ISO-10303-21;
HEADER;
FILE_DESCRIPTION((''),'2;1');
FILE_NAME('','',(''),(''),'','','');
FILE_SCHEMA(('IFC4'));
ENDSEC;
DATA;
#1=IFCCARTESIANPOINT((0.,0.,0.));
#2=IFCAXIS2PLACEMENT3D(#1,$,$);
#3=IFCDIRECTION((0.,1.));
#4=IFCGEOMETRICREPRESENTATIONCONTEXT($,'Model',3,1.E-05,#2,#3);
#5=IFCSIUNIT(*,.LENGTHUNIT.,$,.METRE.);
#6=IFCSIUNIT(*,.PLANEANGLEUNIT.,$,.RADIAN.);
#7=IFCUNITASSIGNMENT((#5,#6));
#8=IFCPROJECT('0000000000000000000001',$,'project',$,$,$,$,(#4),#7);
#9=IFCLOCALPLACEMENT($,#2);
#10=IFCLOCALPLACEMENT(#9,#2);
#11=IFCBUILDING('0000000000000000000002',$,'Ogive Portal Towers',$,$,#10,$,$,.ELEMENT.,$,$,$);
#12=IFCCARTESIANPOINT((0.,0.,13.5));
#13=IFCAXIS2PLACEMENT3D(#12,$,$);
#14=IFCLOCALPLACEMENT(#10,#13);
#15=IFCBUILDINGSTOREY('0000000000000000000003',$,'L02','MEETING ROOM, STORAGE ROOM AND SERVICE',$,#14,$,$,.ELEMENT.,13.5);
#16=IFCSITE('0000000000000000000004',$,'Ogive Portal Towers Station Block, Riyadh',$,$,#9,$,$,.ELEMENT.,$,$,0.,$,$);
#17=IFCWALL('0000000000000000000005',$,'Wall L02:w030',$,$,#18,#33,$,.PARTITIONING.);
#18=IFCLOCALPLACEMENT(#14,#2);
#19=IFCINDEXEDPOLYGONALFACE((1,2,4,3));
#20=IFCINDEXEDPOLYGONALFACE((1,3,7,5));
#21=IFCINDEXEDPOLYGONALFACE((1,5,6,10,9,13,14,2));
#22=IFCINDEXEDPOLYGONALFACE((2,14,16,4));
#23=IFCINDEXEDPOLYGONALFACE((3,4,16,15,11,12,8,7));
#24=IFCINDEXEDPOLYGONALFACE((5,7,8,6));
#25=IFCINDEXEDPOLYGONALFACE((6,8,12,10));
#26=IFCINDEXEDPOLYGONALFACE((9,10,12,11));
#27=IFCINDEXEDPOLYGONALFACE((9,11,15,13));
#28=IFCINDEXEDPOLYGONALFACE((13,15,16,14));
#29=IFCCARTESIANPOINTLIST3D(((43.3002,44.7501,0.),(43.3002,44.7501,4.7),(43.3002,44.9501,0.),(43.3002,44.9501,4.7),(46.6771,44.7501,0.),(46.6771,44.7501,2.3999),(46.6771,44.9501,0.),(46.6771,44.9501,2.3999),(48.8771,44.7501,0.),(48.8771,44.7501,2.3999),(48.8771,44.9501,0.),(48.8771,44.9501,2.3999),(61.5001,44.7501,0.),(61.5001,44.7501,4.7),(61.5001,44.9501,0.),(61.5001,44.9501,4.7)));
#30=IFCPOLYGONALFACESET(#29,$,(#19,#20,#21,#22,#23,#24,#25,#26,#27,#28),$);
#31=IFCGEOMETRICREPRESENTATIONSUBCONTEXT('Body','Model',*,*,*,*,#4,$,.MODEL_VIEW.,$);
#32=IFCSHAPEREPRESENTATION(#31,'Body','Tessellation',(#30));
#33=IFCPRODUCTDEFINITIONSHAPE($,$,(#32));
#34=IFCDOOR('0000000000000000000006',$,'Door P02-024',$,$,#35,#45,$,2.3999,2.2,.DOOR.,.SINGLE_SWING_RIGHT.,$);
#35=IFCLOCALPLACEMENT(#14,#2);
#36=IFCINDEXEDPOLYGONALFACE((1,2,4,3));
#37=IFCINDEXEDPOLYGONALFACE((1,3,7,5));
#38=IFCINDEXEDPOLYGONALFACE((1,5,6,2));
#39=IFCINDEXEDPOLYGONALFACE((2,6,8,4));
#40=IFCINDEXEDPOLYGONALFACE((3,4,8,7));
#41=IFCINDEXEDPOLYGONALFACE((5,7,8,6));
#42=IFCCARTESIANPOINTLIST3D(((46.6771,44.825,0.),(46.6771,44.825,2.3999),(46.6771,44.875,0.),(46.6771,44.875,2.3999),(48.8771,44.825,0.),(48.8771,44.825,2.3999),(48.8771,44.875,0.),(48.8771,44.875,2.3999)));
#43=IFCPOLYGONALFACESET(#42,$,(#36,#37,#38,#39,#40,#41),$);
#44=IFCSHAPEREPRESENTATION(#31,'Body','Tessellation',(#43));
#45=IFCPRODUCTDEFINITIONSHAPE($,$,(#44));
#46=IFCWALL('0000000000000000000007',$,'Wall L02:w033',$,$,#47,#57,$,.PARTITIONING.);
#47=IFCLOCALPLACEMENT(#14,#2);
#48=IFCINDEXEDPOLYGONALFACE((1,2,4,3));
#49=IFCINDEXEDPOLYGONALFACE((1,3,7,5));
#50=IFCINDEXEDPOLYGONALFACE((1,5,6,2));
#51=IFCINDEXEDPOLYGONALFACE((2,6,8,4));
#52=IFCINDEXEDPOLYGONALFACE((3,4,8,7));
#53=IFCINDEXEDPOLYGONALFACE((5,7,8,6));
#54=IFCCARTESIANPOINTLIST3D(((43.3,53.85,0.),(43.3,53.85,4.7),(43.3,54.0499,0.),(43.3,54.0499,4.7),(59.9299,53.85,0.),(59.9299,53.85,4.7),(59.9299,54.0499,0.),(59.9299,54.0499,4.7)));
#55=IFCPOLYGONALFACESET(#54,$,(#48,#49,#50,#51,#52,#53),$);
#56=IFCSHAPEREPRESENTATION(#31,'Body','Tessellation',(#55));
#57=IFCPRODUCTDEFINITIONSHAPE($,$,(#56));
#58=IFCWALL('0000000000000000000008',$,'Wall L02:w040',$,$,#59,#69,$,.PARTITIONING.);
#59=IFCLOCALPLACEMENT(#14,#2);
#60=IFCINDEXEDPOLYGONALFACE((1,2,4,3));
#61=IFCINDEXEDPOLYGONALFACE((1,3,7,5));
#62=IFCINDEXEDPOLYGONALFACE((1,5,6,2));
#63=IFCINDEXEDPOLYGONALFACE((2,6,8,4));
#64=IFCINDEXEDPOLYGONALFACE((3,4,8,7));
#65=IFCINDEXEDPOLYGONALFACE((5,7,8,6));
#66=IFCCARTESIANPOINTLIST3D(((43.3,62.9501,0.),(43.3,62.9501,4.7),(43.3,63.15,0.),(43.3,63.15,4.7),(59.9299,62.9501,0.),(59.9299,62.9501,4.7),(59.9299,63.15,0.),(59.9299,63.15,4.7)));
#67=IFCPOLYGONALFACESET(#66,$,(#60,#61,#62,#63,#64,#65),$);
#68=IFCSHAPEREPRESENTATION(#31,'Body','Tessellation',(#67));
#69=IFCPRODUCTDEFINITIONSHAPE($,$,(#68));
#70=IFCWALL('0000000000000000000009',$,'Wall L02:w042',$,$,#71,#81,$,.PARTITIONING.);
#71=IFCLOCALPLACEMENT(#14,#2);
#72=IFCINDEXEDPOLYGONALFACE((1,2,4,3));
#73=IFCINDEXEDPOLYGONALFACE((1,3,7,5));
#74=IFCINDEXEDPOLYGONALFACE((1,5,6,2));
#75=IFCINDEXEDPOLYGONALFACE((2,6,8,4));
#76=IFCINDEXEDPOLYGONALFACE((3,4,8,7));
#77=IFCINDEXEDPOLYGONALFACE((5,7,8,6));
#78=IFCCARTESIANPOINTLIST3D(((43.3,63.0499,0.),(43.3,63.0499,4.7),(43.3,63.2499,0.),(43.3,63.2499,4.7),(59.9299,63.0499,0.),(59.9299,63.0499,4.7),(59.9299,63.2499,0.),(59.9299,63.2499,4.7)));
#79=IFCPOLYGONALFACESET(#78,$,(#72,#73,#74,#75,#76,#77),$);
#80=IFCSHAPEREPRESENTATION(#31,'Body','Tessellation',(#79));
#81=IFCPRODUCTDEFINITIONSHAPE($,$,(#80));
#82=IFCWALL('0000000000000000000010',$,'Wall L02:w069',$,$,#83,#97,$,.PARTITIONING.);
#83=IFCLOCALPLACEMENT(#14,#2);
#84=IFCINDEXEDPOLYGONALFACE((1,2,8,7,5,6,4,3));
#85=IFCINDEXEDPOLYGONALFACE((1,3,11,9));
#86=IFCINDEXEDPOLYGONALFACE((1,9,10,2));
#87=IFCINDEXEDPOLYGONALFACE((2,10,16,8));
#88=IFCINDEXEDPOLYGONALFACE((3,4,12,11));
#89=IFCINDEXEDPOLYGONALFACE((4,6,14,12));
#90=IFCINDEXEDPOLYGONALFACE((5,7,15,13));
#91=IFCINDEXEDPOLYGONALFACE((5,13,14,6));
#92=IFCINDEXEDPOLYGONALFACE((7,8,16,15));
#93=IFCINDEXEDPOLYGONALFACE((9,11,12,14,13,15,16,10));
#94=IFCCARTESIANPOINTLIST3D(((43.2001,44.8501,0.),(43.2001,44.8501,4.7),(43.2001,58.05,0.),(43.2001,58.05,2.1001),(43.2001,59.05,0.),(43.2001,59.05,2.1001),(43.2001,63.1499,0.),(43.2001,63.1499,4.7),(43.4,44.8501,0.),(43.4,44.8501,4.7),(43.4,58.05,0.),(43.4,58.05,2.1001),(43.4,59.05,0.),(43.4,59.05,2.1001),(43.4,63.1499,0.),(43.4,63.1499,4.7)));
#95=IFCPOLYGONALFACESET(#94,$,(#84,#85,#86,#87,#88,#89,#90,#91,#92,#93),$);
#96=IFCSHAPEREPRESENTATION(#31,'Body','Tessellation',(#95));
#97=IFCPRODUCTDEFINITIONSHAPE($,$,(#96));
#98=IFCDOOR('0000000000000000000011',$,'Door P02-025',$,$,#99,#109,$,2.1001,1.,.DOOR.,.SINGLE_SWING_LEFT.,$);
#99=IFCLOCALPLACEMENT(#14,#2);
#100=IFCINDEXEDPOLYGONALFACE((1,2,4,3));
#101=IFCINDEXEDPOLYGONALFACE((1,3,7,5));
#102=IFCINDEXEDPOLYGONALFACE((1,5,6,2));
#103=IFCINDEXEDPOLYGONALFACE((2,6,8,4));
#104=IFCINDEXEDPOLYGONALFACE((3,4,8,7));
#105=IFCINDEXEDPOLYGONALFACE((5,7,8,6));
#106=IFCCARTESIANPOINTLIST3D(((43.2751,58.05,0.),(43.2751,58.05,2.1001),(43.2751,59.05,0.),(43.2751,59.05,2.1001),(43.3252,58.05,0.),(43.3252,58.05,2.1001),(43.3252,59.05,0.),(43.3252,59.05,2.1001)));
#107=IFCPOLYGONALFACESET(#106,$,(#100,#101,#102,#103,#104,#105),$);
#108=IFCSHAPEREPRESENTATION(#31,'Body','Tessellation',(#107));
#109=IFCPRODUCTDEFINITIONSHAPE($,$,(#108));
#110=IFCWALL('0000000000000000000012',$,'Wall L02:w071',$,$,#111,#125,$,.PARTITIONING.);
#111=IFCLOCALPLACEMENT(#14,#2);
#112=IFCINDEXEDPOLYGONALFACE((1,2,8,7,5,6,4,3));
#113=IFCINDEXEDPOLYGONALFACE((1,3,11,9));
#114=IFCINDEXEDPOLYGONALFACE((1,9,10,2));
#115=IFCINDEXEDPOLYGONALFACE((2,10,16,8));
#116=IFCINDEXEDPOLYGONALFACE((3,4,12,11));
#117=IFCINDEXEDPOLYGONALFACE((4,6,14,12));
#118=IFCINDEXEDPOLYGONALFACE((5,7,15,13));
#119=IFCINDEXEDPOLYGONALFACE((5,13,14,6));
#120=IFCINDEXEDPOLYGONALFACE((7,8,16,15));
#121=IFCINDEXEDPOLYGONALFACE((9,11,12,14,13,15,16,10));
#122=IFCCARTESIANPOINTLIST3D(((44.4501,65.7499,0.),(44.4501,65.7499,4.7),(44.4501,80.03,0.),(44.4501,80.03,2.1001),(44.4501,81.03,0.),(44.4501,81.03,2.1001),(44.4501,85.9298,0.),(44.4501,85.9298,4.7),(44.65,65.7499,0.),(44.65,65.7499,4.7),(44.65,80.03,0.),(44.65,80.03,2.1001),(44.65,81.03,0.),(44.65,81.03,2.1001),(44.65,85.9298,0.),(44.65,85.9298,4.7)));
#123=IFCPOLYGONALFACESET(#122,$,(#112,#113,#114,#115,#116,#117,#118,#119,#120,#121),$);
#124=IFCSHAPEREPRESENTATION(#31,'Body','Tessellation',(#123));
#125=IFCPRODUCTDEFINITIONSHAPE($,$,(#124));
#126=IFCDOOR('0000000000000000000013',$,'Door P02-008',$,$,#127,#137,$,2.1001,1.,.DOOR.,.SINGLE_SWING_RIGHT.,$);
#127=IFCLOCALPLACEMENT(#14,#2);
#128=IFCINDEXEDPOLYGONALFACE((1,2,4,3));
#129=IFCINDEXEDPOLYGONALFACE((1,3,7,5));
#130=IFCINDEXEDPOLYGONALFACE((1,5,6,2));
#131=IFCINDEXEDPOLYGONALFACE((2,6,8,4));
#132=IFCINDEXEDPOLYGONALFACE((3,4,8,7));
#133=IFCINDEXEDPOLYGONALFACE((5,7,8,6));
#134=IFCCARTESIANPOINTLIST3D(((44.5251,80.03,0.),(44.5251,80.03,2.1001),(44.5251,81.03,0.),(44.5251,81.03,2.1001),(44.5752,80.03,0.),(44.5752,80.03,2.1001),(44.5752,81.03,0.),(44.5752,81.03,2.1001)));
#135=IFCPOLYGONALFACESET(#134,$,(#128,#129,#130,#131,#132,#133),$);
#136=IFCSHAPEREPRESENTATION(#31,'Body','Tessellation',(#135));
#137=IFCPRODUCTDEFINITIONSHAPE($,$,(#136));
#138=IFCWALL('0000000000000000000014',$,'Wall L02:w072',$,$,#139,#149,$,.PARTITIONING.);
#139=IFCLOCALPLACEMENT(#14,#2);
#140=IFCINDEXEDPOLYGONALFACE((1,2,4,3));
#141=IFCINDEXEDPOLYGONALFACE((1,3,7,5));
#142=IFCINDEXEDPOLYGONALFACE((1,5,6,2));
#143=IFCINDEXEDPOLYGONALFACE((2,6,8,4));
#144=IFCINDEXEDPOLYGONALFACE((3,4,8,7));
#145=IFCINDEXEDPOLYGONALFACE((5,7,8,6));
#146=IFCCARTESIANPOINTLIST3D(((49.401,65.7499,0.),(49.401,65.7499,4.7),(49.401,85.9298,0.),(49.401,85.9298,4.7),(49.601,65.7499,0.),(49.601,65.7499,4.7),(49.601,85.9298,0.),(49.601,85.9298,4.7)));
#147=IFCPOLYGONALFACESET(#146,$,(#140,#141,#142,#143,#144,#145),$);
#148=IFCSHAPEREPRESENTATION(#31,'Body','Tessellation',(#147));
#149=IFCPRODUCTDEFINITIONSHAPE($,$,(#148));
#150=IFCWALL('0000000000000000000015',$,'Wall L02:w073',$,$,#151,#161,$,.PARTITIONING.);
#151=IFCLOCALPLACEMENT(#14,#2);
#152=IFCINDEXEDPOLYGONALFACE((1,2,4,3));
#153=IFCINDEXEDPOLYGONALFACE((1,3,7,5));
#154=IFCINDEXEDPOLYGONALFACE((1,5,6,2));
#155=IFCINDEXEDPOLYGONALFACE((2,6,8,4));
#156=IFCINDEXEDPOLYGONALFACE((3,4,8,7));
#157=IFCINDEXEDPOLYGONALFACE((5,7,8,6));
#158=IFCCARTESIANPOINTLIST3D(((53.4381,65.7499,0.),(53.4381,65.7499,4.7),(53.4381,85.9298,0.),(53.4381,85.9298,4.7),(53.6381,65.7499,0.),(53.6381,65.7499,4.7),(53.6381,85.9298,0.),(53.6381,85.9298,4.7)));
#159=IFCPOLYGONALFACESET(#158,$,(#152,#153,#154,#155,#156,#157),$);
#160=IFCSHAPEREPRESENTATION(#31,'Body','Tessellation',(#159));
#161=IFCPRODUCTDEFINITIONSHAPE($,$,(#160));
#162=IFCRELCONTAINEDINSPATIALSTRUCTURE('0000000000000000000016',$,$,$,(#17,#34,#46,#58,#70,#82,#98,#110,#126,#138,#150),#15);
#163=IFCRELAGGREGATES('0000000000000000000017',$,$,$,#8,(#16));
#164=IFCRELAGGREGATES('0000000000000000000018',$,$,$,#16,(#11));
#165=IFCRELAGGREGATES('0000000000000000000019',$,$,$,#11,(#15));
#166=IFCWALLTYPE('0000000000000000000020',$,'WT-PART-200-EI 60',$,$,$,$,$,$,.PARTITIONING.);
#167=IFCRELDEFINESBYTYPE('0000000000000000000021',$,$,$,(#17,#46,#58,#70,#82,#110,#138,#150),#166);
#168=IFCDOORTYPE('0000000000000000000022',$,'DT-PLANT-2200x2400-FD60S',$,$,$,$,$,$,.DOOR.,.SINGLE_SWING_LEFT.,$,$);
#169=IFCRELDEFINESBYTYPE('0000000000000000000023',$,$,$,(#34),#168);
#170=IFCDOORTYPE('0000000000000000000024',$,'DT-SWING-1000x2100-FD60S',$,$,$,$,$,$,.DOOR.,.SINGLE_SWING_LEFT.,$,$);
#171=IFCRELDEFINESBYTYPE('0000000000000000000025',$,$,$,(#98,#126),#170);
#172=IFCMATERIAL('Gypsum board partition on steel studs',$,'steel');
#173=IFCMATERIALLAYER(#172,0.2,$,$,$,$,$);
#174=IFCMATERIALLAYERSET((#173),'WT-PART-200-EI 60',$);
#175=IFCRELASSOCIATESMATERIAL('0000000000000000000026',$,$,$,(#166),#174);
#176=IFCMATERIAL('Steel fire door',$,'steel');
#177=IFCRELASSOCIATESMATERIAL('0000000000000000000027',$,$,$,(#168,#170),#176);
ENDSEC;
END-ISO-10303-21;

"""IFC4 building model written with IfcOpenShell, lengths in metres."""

from ifc_helpers import new_model, si_unit, direction, frame, frame_2d, origin, place, context, subcontext, project, spatial, rectangle, extrude, material, layer, layer_set, type_object, element, fill, save


model = new_model("IFC4")

# Units and contexts
model_context = context("Model", 3, precision=1e-05, world=origin(), true_north=direction((0.0, 1.0)))
body_context = subcontext(model_context, "Body", "Model", "MODEL_VIEW")
ifc_project = project(units=[si_unit("LENGTHUNIT", "METRE"), si_unit("PLANEANGLEUNIT", "RADIAN")], contexts=[model_context])

# Site, building, storey
site_placement = place(None, origin())
site = spatial("IfcSite", under=ifc_project, at=site_placement, Name="Ogive Portal Towers Station Block, Riyadh", CompositionType="ELEMENT", RefElevation=0.0)
building_placement = place(site_placement, origin())
building = spatial("IfcBuilding", under=site, at=building_placement, Name="Ogive Portal Towers", CompositionType="ELEMENT")
storey_placement = place(building_placement, frame((0.0, 0.0, 13.5)))
storey = spatial("IfcBuildingStorey", under=building, at=storey_placement, Name="L02", Description="MEETING ROOM, STORAGE ROOM AND SERVICE", CompositionType="ELEMENT", Elevation=13.5)

# Wall, opening, door
ifc_material_1 = material(Name="Gypsum board partition on steel studs", Category="steel")
ifc_layer_1 = layer(ifc_material_1, 0.2)
ifc_layer_set_1 = layer_set([ifc_layer_1], Name="WT-PART-200-EI 60")
wall_type_1 = type_object("IfcWallType", Name="WT-PART-200-EI 60", PredefinedType="PARTITIONING", material=ifc_layer_set_1)
wall_1_placement = place(storey_placement, frame((43.3, 44.8501, 0.0), z_axis=(0.0, 0.0, 1.0), x_axis=(1.0, 0.0, 0.0)))
wall_1 = element("IfcWall", 1, at=wall_1_placement, inside=storey, type_object=wall_type_1, Name="Wall L02:w030", PredefinedType="PARTITIONING", context=body_context, shape_type="SweptSolid", body=[
    extrude(rectangle(XDim=18.2, YDim=0.2, at=frame_2d((9.1001, 0.0))), origin(), (0.0, 0.0, 1.0), 4.7),
])
opening_1_placement = place(wall_1_placement, frame((3.377, 0.0, 0.0)))
opening_1 = element("IfcOpeningElement", 2, at=opening_1_placement, cuts=wall_1, PredefinedType="OPENING", context=body_context, shape_type="SweptSolid", body=[
    extrude(rectangle(XDim=2.2, YDim=2.3999, at=frame_2d((1.1001, 1.2))), frame((0.0, 0.1099, 0.0), z_axis=(0.0, -1.0, 0.0), x_axis=(1.0, 0.0, 0.0)), (0.0, 0.0, 1.0), 0.22),
])
ifc_material_2 = material(Name="Steel fire door", Category="steel")
door_type_1 = type_object("IfcDoorType", Name="DT-PLANT-2200x2400-FD60S", OperationType="SINGLE_SWING_LEFT", PredefinedType="DOOR", material=ifc_material_2)
door_1_placement = place(opening_1_placement, origin())
door_1 = element("IfcDoor", 3, at=door_1_placement, inside=storey, type_object=door_type_1, Name="Door P02-024", OperationType="SINGLE_SWING_RIGHT", OverallHeight=2.3999, OverallWidth=2.2, PredefinedType="DOOR", context=body_context, shape_type="SweptSolid", body=[
    extrude(rectangle(XDim=2.2, YDim=2.3999, at=frame_2d((1.1001, 1.2))), frame((0.0, 0.0249, 0.0), z_axis=(0.0, -1.0, 0.0), x_axis=(1.0, 0.0, 0.0)), (0.0, 0.0, 1.0), 0.05),
])
fill(opening_1, door_1)

# Walls
for number, where, z_axis, x_axis, name in (
    (4, (43.3, 53.95, 0.0), (0.0, 0.0, 1.0), (1.0, 0.0, 0.0), "Wall L02:w033"),
    (5, (43.3, 63.05, 0.0), (0.0, 0.0, 1.0), (1.0, 0.0, 0.0), "Wall L02:w040"),
    (6, (43.3, 63.1499, 0.0), (0.0, 0.0, 1.0), (1.0, 0.0, 0.0), "Wall L02:w042"),
):
    element("IfcWall", number, at=place(storey_placement, frame(where, z_axis=z_axis, x_axis=x_axis)), inside=storey, type_object=wall_type_1, Name=name, PredefinedType="PARTITIONING", context=body_context, shape_type="SweptSolid", body=[
        extrude(rectangle(XDim=16.6299, YDim=0.2, at=frame_2d((8.3149, 0.0))), origin(), (0.0, 0.0, 1.0), 4.7),
    ])

# Walls, openings, doors
wall_2_placement = place(storey_placement, frame((43.3, 44.8501, 0.0), z_axis=(0.0, 0.0, 1.0), x_axis=(0.0, 1.0, 0.0)))
wall_2 = element("IfcWall", 7, at=wall_2_placement, inside=storey, type_object=wall_type_1, Name="Wall L02:w069", PredefinedType="PARTITIONING", context=body_context, shape_type="SweptSolid", body=[
    extrude(rectangle(XDim=18.2998, YDim=0.2, at=frame_2d((9.1499, 0.0))), origin(), (0.0, 0.0, 1.0), 4.7),
])
opening_2_placement = place(wall_2_placement, frame((13.2, 0.0, 0.0)))
opening_2 = element("IfcOpeningElement", 8, at=opening_2_placement, cuts=wall_2, PredefinedType="OPENING", context=body_context, shape_type="SweptSolid", body=[
    extrude(rectangle(XDim=1.0, YDim=2.1001, at=frame_2d((0.5, 1.05))), frame((0.0, 0.1099, 0.0), z_axis=(0.0, -1.0, 0.0), x_axis=(1.0, 0.0, 0.0)), (0.0, 0.0, 1.0), 0.22),
])
door_type_2 = type_object("IfcDoorType", Name="DT-SWING-1000x2100-FD60S", OperationType="SINGLE_SWING_LEFT", PredefinedType="DOOR", material=ifc_material_2)
door_2_placement = place(opening_2_placement, origin())
door_2 = element("IfcDoor", 9, at=door_2_placement, inside=storey, type_object=door_type_2, Name="Door P02-025", OperationType="SINGLE_SWING_LEFT", OverallHeight=2.1001, OverallWidth=1.0, PredefinedType="DOOR", context=body_context, shape_type="SweptSolid", body=[
    extrude(rectangle(XDim=1.0, YDim=2.1001, at=frame_2d((0.5, 1.05))), frame((0.0, 0.0249, 0.0), z_axis=(0.0, -1.0, 0.0), x_axis=(1.0, 0.0, 0.0)), (0.0, 0.0, 1.0), 0.05),
])
fill(opening_2, door_2)
wall_3_placement = place(storey_placement, frame((44.55, 65.75, 0.0), z_axis=(0.0, 0.0, 1.0), x_axis=(0.0, 1.0, 0.0)))
wall_3 = element("IfcWall", 10, at=wall_3_placement, inside=storey, type_object=wall_type_1, Name="Wall L02:w071", PredefinedType="PARTITIONING", context=body_context, shape_type="SweptSolid", body=[
    extrude(rectangle(XDim=20.1799, YDim=0.2, at=frame_2d((10.0898, 0.0))), origin(), (0.0, 0.0, 1.0), 4.7),
])
opening_3_placement = place(wall_3_placement, frame((14.28, 0.0, 0.0)))
opening_3 = element("IfcOpeningElement", 11, at=opening_3_placement, cuts=wall_3, PredefinedType="OPENING", context=body_context, shape_type="SweptSolid", body=[
    extrude(rectangle(XDim=1.0, YDim=2.1001, at=frame_2d((0.5, 1.05))), frame((0.0, 0.1099, 0.0), z_axis=(0.0, -1.0, 0.0), x_axis=(1.0, 0.0, 0.0)), (0.0, 0.0, 1.0), 0.22),
])
door_3_placement = place(opening_3_placement, origin())
door_3 = element("IfcDoor", 12, at=door_3_placement, inside=storey, type_object=door_type_2, Name="Door P02-008", OperationType="SINGLE_SWING_RIGHT", OverallHeight=2.1001, OverallWidth=1.0, PredefinedType="DOOR", context=body_context, shape_type="SweptSolid", body=[
    extrude(rectangle(XDim=1.0, YDim=2.1001, at=frame_2d((0.5, 1.05))), frame((0.0, 0.0249, 0.0), z_axis=(0.0, -1.0, 0.0), x_axis=(1.0, 0.0, 0.0)), (0.0, 0.0, 1.0), 0.05),
])
fill(opening_3, door_3)

# Walls
for number, where, z_axis, x_axis, name in (
    (13, (49.501, 65.75, 0.0), (0.0, 0.0, 1.0), (0.0, 1.0, 0.0), "Wall L02:w072"),
    (14, (53.5381, 65.75, 0.0), (0.0, 0.0, 1.0), (0.0, 1.0, 0.0), "Wall L02:w073"),
):
    element("IfcWall", number, at=place(storey_placement, frame(where, z_axis=z_axis, x_axis=x_axis)), inside=storey, type_object=wall_type_1, Name=name, PredefinedType="PARTITIONING", context=body_context, shape_type="SweptSolid", body=[
        extrude(rectangle(XDim=20.1799, YDim=0.2, at=frame_2d((10.0898, 0.0))), origin(), (0.0, 0.0, 1.0), 4.7),
    ])

save(model, "model.ifc")
